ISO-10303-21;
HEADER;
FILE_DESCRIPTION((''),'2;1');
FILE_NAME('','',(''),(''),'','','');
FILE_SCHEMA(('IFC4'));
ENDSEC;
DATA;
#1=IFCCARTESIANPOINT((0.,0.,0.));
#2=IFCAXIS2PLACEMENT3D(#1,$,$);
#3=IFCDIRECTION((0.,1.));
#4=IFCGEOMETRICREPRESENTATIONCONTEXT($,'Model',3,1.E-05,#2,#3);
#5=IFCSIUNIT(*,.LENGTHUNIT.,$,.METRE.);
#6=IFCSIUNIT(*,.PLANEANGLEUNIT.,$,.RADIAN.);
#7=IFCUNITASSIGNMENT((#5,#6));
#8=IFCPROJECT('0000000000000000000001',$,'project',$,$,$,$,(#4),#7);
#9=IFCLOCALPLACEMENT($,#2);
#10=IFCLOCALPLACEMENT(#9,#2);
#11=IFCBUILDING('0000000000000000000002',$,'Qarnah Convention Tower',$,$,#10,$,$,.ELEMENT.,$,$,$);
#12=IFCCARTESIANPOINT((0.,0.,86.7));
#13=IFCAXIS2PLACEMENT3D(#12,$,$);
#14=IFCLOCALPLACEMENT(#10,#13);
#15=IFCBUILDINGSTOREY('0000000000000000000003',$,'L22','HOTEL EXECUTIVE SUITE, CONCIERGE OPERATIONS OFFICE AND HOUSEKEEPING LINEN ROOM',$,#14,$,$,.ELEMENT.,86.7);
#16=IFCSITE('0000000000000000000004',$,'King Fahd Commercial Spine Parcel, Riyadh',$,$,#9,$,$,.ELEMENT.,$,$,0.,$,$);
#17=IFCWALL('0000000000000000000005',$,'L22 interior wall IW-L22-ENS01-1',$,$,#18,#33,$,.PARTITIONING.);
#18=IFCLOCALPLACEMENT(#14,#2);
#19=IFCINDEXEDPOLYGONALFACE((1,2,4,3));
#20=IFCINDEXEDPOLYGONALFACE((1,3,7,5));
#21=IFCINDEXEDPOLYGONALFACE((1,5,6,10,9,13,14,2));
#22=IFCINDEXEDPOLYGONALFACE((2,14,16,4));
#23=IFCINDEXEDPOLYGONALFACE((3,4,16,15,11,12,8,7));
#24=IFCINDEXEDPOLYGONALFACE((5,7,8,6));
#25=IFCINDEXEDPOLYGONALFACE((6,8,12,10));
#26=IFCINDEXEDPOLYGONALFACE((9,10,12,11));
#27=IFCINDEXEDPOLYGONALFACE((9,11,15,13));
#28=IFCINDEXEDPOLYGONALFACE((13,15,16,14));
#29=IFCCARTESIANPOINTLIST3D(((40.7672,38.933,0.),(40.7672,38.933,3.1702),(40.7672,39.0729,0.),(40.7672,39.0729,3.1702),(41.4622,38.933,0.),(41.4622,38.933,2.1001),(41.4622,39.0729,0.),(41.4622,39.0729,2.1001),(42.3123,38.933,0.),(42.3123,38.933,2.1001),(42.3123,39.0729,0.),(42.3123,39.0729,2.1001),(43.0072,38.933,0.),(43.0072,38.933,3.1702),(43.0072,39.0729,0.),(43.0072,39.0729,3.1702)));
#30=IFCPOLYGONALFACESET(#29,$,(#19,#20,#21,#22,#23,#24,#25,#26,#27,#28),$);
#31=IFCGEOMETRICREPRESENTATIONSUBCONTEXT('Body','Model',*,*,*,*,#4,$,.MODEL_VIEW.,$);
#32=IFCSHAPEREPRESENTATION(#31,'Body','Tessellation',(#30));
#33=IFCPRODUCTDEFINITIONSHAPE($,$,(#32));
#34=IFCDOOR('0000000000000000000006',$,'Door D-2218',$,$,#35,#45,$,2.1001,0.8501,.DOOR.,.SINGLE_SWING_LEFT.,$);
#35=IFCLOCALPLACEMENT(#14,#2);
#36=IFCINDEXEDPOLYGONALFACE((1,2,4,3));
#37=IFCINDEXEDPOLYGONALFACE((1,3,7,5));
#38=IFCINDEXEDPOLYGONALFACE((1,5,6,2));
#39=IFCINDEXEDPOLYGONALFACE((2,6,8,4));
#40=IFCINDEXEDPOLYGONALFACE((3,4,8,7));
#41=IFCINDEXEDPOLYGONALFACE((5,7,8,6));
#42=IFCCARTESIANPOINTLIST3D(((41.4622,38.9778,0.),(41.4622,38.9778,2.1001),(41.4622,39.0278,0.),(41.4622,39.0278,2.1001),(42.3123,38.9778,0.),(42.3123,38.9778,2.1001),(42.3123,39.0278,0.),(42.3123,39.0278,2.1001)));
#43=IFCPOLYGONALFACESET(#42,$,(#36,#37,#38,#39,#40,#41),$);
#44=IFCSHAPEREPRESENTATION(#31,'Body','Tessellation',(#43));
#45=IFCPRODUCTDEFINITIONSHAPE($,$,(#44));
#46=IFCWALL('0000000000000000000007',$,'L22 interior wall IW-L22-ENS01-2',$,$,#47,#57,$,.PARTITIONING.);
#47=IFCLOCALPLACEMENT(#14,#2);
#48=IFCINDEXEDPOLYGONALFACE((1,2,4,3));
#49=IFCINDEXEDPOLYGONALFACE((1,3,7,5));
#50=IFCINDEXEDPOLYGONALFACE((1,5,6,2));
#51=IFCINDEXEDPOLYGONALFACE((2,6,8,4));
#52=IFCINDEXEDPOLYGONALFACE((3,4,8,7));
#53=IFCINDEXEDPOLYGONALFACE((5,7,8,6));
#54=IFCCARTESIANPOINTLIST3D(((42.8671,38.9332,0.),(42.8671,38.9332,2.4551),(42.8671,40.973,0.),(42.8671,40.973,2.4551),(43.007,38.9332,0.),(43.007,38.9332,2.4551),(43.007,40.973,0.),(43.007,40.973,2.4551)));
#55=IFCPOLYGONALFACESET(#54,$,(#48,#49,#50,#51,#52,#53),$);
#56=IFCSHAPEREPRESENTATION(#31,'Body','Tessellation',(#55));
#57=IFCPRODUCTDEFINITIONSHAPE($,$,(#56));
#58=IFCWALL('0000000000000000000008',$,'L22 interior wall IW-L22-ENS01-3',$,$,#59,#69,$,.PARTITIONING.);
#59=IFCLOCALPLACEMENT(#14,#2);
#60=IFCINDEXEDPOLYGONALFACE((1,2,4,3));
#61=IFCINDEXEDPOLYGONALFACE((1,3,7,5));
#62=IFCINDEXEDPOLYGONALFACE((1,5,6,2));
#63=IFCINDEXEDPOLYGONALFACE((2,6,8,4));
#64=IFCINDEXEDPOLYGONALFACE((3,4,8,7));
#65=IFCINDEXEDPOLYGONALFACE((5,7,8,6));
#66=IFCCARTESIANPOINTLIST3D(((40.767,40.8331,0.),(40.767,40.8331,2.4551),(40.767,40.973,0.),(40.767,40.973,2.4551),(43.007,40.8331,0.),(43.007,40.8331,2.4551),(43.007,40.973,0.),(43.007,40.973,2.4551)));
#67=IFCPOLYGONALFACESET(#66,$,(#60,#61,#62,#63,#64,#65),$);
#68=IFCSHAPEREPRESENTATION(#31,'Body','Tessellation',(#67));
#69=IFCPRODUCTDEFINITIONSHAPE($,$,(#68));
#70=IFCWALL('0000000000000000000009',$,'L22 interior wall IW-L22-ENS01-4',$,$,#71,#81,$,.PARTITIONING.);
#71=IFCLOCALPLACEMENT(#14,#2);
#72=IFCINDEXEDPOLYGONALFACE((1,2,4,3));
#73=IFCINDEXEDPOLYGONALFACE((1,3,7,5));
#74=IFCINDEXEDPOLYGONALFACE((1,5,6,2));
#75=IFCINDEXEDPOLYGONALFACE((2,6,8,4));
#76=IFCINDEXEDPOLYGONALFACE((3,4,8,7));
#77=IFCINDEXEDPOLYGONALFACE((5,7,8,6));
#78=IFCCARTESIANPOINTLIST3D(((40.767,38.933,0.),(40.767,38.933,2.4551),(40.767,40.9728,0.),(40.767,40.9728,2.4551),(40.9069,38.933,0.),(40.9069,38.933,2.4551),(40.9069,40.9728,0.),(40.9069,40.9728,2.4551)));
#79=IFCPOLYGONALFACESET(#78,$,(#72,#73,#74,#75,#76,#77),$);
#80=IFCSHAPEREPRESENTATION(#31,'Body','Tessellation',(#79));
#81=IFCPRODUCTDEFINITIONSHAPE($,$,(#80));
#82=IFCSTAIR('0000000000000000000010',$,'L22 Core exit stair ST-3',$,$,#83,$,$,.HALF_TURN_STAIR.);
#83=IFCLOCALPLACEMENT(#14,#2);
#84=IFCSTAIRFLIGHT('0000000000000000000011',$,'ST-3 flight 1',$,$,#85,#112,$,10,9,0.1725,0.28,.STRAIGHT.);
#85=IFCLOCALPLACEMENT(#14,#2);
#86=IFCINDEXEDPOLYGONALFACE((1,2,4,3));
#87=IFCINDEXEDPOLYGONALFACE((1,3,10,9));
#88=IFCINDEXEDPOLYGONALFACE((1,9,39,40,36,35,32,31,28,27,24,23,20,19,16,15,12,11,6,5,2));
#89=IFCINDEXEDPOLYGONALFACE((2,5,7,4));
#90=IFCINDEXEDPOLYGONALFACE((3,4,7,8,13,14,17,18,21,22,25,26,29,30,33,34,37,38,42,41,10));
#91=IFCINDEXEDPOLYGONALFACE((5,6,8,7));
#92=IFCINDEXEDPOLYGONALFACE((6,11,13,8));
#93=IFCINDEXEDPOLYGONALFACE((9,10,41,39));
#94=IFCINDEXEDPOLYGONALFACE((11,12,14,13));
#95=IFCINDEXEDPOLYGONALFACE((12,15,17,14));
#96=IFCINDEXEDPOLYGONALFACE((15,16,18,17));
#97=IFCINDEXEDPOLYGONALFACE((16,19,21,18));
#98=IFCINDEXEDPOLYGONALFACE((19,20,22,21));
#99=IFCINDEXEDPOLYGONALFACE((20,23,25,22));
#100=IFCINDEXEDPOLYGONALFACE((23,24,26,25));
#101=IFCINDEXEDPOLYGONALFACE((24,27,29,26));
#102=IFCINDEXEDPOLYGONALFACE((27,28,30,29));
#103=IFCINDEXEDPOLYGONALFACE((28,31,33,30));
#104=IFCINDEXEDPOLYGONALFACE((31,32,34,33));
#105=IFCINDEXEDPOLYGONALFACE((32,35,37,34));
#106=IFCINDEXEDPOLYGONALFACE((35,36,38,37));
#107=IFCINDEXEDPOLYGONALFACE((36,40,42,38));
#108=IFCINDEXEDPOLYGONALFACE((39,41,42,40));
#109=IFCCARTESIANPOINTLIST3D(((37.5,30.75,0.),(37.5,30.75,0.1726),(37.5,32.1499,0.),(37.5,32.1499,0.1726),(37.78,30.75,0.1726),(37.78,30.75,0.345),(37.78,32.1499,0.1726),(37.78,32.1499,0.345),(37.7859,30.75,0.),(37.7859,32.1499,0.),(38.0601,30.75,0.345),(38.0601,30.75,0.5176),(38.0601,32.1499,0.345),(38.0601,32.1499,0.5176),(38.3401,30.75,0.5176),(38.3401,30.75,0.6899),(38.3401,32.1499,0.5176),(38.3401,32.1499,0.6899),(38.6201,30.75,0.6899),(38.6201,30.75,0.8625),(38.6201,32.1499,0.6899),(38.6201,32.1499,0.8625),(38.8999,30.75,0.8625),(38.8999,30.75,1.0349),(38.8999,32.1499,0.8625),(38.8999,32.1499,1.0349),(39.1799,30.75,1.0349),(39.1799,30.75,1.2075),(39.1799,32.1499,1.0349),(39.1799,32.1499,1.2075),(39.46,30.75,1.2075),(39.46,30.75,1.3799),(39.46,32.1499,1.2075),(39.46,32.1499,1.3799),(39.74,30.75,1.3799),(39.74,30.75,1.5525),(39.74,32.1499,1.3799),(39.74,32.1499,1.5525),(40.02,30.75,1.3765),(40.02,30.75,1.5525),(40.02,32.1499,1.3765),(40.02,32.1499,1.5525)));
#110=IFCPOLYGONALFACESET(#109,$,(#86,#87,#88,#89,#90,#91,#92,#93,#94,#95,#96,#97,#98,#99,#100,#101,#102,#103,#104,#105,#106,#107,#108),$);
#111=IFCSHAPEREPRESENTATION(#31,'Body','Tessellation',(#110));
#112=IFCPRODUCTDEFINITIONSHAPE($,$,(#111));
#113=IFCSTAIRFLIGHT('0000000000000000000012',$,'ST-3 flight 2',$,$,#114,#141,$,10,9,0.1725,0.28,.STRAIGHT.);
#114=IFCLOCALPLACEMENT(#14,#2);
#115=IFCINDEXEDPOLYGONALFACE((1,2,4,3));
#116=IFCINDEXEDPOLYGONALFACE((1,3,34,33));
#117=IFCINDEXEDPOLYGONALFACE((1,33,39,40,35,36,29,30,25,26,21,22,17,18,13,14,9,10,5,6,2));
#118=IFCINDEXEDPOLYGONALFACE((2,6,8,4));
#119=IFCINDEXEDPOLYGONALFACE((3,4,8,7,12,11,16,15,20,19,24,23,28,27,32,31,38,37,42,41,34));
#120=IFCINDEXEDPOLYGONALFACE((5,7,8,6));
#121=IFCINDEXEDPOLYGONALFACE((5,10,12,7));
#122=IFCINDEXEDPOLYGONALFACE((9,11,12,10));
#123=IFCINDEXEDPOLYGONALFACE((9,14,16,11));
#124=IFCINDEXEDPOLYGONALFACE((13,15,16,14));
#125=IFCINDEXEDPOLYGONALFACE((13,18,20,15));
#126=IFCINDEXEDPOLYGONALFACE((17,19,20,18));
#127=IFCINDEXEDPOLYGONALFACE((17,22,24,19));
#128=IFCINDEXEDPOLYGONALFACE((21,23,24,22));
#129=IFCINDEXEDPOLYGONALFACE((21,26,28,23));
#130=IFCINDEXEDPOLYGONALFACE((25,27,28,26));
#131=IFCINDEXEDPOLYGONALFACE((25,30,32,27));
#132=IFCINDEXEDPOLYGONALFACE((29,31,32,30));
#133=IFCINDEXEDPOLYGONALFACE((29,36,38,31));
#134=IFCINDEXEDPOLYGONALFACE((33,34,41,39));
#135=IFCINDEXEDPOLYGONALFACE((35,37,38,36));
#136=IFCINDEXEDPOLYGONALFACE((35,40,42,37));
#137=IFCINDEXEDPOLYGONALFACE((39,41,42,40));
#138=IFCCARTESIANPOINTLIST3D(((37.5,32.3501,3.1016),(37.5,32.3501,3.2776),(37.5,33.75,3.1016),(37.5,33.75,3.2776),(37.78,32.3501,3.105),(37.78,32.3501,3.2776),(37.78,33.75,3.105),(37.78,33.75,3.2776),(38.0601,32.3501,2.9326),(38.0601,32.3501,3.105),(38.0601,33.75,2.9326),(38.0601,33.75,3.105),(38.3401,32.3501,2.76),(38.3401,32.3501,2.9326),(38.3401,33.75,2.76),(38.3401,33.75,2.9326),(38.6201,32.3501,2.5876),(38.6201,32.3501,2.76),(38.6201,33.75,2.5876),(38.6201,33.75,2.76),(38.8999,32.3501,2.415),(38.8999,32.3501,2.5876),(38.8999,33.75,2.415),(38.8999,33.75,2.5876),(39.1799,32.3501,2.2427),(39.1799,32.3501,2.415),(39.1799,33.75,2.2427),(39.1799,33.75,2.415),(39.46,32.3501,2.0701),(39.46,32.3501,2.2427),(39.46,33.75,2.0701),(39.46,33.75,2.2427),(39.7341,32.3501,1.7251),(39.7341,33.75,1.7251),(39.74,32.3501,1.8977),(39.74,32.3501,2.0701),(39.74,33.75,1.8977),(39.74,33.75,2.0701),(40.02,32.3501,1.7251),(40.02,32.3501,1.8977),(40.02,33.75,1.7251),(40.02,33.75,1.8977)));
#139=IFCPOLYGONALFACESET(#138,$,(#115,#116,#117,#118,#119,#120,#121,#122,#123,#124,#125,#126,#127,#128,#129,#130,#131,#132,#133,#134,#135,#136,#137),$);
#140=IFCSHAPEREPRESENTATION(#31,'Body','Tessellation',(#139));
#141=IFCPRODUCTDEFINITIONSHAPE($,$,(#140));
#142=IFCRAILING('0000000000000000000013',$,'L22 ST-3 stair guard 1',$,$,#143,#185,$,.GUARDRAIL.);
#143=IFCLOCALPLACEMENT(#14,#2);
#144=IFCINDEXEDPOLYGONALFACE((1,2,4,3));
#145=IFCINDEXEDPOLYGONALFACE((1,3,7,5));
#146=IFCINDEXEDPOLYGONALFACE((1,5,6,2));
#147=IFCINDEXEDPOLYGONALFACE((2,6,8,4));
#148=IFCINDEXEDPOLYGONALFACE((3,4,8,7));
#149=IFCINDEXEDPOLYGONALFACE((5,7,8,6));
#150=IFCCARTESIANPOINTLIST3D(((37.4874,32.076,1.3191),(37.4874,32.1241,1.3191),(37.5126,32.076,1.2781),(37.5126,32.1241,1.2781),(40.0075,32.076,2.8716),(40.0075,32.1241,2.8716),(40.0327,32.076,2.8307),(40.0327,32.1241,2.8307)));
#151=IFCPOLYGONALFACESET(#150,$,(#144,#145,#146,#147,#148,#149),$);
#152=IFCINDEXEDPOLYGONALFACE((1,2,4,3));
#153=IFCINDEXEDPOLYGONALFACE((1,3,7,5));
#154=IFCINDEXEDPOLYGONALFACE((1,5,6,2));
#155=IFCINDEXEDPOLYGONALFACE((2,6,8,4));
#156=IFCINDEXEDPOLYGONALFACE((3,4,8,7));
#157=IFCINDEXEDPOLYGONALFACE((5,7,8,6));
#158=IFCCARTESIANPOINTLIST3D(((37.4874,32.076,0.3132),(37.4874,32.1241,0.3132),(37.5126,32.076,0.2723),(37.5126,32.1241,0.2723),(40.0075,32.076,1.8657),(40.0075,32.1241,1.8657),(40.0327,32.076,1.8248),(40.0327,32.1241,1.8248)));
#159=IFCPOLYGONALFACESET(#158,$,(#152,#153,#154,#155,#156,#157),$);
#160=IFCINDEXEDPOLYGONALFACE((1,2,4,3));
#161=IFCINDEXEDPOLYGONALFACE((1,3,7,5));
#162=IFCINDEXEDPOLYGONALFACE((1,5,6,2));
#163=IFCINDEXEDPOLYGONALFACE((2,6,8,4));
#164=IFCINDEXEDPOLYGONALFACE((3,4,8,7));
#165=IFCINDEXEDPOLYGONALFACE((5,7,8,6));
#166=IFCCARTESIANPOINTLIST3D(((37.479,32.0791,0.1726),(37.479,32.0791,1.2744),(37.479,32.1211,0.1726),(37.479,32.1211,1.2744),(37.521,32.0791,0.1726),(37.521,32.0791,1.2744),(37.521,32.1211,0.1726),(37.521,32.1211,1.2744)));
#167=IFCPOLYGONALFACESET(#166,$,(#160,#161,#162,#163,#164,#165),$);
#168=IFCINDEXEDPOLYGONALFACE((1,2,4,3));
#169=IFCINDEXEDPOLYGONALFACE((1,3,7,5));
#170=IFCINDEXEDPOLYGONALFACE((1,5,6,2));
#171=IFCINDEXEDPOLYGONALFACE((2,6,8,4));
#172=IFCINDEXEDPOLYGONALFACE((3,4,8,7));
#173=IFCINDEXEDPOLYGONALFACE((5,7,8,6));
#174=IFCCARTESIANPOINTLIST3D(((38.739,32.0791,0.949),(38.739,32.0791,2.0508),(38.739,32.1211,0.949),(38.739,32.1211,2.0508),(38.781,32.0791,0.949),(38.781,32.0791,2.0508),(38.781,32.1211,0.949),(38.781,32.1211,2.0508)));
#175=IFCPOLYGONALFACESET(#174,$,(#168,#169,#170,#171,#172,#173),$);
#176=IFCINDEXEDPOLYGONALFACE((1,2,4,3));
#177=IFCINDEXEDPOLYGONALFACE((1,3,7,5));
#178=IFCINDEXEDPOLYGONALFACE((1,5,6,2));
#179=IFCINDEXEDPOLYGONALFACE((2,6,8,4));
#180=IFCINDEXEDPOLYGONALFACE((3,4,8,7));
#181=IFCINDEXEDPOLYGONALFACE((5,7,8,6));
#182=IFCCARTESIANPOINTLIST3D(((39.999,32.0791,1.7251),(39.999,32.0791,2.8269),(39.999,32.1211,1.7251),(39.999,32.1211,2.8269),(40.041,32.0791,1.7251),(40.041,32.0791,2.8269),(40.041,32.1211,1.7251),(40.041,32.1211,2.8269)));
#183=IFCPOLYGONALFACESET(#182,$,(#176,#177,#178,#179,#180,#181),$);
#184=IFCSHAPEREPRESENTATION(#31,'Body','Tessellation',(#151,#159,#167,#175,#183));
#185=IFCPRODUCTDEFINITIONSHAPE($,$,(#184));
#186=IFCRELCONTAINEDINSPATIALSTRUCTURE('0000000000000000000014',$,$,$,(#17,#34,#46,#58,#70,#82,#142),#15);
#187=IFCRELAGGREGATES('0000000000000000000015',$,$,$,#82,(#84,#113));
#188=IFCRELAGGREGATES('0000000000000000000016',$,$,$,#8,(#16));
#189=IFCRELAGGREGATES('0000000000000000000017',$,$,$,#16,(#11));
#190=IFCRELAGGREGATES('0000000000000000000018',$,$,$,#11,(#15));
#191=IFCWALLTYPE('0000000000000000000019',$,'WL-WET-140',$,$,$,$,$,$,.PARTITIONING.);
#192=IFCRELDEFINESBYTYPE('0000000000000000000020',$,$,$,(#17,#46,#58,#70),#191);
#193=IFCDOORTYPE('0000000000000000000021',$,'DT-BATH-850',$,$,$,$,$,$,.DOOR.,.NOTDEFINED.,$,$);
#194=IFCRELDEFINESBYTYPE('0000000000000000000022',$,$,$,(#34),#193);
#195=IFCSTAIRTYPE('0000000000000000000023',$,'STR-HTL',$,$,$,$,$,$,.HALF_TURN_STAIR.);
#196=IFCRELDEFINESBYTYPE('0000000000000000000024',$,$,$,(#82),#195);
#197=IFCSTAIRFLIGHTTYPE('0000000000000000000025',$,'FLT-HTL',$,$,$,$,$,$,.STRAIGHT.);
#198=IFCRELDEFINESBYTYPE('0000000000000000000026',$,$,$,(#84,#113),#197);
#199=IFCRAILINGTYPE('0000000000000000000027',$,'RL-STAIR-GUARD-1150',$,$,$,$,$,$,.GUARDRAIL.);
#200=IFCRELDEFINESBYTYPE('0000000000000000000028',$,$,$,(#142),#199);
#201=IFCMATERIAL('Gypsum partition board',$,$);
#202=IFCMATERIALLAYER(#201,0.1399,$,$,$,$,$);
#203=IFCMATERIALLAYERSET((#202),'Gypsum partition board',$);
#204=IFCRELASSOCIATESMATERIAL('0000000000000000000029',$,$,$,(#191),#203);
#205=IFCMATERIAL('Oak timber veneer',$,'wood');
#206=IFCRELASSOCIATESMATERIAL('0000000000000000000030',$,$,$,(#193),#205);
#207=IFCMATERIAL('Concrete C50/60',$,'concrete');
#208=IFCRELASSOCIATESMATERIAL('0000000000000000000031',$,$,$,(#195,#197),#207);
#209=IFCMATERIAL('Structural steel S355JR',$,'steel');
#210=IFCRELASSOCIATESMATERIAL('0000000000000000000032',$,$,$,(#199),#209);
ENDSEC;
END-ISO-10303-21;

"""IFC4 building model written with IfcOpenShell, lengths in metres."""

from ifc_helpers import new_model, si_unit, direction, frame, frame_2d, origin, origin_2d, place, context, subcontext, project, spatial, polyline, rectangle, outline, extrude, material, layer, layer_set, type_object, element, fill, aggregate, save


model = new_model("IFC4")

# Units and contexts
model_context = context("Model", 3, precision=1e-05, world=origin(), true_north=direction((0.0, 1.0)))
body_context = subcontext(model_context, "Body", "Model", "MODEL_VIEW")
ifc_project = project(units=[si_unit("LENGTHUNIT", "METRE"), si_unit("PLANEANGLEUNIT", "RADIAN")], contexts=[model_context])

# Site, building, storey
site_placement = place(None, origin())
site = spatial("IfcSite", under=ifc_project, at=site_placement, Name="King Fahd Commercial Spine Parcel, Riyadh", CompositionType="ELEMENT", RefElevation=0.0)
building_placement = place(site_placement, origin())
building = spatial("IfcBuilding", under=site, at=building_placement, Name="Qarnah Convention Tower", CompositionType="ELEMENT")
storey_placement = place(building_placement, frame((0.0, 0.0, 86.7)))
storey = spatial("IfcBuildingStorey", under=building, at=storey_placement, Name="L22", Description="HOTEL EXECUTIVE SUITE, CONCIERGE OPERATIONS OFFICE AND HOUSEKEEPING LINEN ROOM", CompositionType="ELEMENT", Elevation=86.7)

# Shared definitions
ifc_material_1 = material(Name="Structural steel S355JR", Category="steel")

# Shared definitions
ifc_material_2 = material(Name="Gypsum partition board")

# Wall, opening, door
ifc_material_3 = material(Name="Oak timber veneer", Category="wood")
ifc_layer_1 = layer(ifc_material_2, 0.1399)
ifc_layer_set_1 = layer_set([ifc_layer_1], Name="Gypsum partition board")
wall_type_1 = type_object("IfcWallType", Name="WL-WET-140", PredefinedType="PARTITIONING", material=ifc_layer_set_1)
wall_1_placement = place(storey_placement, frame((40.7671, 39.0029, 0.0), z_axis=(0.0, 0.0, 1.0), x_axis=(1.0, 0.0, 0.0)))
wall_1 = element("IfcWall", 1, at=wall_1_placement, inside=storey, type_object=wall_type_1, Name="L22 interior wall IW-L22-ENS01-1", PredefinedType="PARTITIONING", context=body_context, shape_type="SweptSolid", body=[
    extrude(rectangle(XDim=2.24, YDim=0.1399, at=frame_2d((1.1201, 0.0))), origin(), (0.0, 0.0, 1.0), 3.1702),
])
opening_1_placement = place(wall_1_placement, frame((0.6951, 0.0, 0.0)))
opening_1 = element("IfcOpeningElement", 2, at=opening_1_placement, cuts=wall_1, PredefinedType="OPENING", context=body_context, shape_type="SweptSolid", body=[
    extrude(rectangle(XDim=0.8501, YDim=2.1001, at=frame_2d((0.425, 1.05))), frame((0.0, 0.0798, 0.0), z_axis=(0.0, -1.0, 0.0), x_axis=(1.0, 0.0, 0.0)), (0.0, 0.0, 1.0), 0.1599),
])
door_type_1 = type_object("IfcDoorType", Name="DT-BATH-850", OperationType="NOTDEFINED", PredefinedType="DOOR", material=ifc_material_3)
door_1_placement = place(opening_1_placement, origin())
door_1 = element("IfcDoor", 3, at=door_1_placement, inside=storey, type_object=door_type_1, Name="Door D-2218", OperationType="SINGLE_SWING_LEFT", OverallHeight=2.1001, OverallWidth=0.8501, PredefinedType="DOOR", context=body_context, shape_type="SweptSolid", body=[
    extrude(rectangle(XDim=0.8501, YDim=2.1001, at=frame_2d((0.425, 1.05))), frame((0.0, 0.0249, 0.0), z_axis=(0.0, -1.0, 0.0), x_axis=(1.0, 0.0, 0.0)), (0.0, 0.0, 1.0), 0.05),
])
fill(opening_1, door_1)

# Walls
wall_2_placement = place(storey_placement, frame((42.937, 38.9331, 0.0), z_axis=(0.0, 0.0, 1.0), x_axis=(0.0, 1.0, 0.0)))
element("IfcWall", 4, at=wall_2_placement, inside=storey, type_object=wall_type_1, Name="L22 interior wall IW-L22-ENS01-2", PredefinedType="PARTITIONING", context=body_context, shape_type="SweptSolid", body=[
    extrude(rectangle(XDim=2.0398, YDim=0.1399, at=frame_2d((1.02, 0.0))), origin(), (0.0, 0.0, 1.0), 2.4551),
])
wall_3_placement = place(storey_placement, frame((43.0071, 40.9031, 0.0), z_axis=(0.0, 0.0, 1.0), x_axis=(-1.0, 0.0, 0.0)))
element("IfcWall", 5, at=wall_3_placement, inside=storey, type_object=wall_type_1, Name="L22 interior wall IW-L22-ENS01-3", PredefinedType="PARTITIONING", context=body_context, shape_type="SweptSolid", body=[
    extrude(rectangle(XDim=2.24, YDim=0.1399, at=frame_2d((1.1201, 0.0))), origin(), (0.0, 0.0, 1.0), 2.4551),
])
wall_4_placement = place(storey_placement, frame((40.8369, 40.9729, 0.0), z_axis=(0.0, 0.0, 1.0), x_axis=(0.0, -1.0, 0.0)))
element("IfcWall", 6, at=wall_4_placement, inside=storey, type_object=wall_type_1, Name="L22 interior wall IW-L22-ENS01-4", PredefinedType="PARTITIONING", context=body_context, shape_type="SweptSolid", body=[
    extrude(rectangle(XDim=2.0398, YDim=0.1399, at=frame_2d((1.02, 0.0))), origin(), (0.0, 0.0, 1.0), 2.4551),
])

# Stair, stair flights
ifc_material_4 = material(Name="Concrete C50/60", Category="concrete")
stair_type = type_object("IfcStairType", Name="STR-HTL", PredefinedType="HALF_TURN_STAIR", material=ifc_material_4)
stair_placement = place(storey_placement, origin())
stair = element("IfcStair", 7, at=stair_placement, inside=storey, type_object=stair_type, Name="L22 Core exit stair ST-3", PredefinedType="HALF_TURN_STAIR")
stair_flight_type = type_object("IfcStairFlightType", Name="FLT-HTL", PredefinedType="STRAIGHT", material=ifc_material_4)
stair_flight_1_placement = place(storey_placement, frame((37.5, 31.45, 0.0), z_axis=(0.0, 0.0, 1.0), x_axis=(1.0, 0.0, 0.0)))
stair_flight_1 = element("IfcStairFlight", 8, at=stair_flight_1_placement, type_object=stair_flight_type, Name="ST-3 flight 1", NumberOfRisers=10, NumberOfTreads=9, PredefinedType="STRAIGHT", RiserHeight=0.1725, TreadLength=0.28, context=body_context, shape_type="SweptSolid", body=[
    extrude(outline(polyline([(0.0, 0.0), (0.0, 0.1726), (0.28, 0.1726), (0.28, 0.345), (0.5601, 0.345), (0.5601, 0.5176), (0.8401, 0.5176), (0.8401, 0.6899), (1.1201, 0.6899), (1.1201, 0.8625), (1.3999, 0.8625), (1.3999, 1.0349), (1.6799, 1.0349), (1.6799, 1.2075), (1.96, 1.2075), (1.96, 1.3799), (2.24, 1.3799), (2.24, 1.5525), (2.52, 1.5525), (2.52, 1.7251), (2.52, 1.3765), (0.2859, 0.0), (0.0, 0.0)])), frame((0.0, 0.7, 0.0), z_axis=(0.0, -1.0, 0.0), x_axis=(1.0, 0.0, 0.0)), (0.0, 0.0, 1.0), 1.3999),
])
stair_flight_2_placement = place(storey_placement, frame((40.02, 33.05, 1.7251), z_axis=(0.0, 0.0, 1.0), x_axis=(-1.0, 0.0, 0.0)))
stair_flight_2 = element("IfcStairFlight", 9, at=stair_flight_2_placement, type_object=stair_flight_type, Name="ST-3 flight 2", NumberOfRisers=10, NumberOfTreads=9, PredefinedType="STRAIGHT", RiserHeight=0.1725, TreadLength=0.28, context=body_context, shape_type="SweptSolid", body=[
    extrude(outline(polyline([(0.0, 0.0), (0.0, 0.1726), (0.28, 0.1726), (0.28, 0.345), (0.5601, 0.345), (0.5601, 0.5176), (0.8401, 0.5176), (0.8401, 0.6899), (1.1201, 0.6899), (1.1201, 0.8625), (1.3999, 0.8625), (1.3999, 1.0349), (1.6799, 1.0349), (1.6799, 1.2075), (1.96, 1.2075), (1.96, 1.3799), (2.24, 1.3799), (2.24, 1.5525), (2.52, 1.5525), (2.52, 1.7251), (2.52, 1.3765), (0.2859, 0.0), (0.0, 0.0)])), frame((0.0, 0.7, 0.0), z_axis=(0.0, -1.0, 0.0), x_axis=(1.0, 0.0, 0.0)), (0.0, 0.0, 1.0), 1.3999),
])
aggregate(stair, [stair_flight_1, stair_flight_2])

# Railing
railing_type_1 = type_object("IfcRailingType", Name="RL-STAIR-GUARD-1150", PredefinedType="GUARDRAIL", material=ifc_material_1)
railing_1_placement = place(storey_placement, frame((37.5, 32.1001, 0.1726)))
element("IfcRailing", 10, at=railing_1_placement, inside=storey, type_object=railing_type_1, Name="L22 ST-3 stair guard 1", PredefinedType="GUARDRAIL", context=body_context, shape_type="SweptSolid", body=[
    extrude(rectangle(XDim=0.0481, YDim=0.0481, at=origin_2d()), frame((0.0, 0.0, 1.126), z_axis=(0.8514, 0.0, 0.524516), x_axis=(0.0, 1.0, 0.0)), (0.0, 0.0, 1.0), 2.96),
    extrude(rectangle(XDim=0.0481, YDim=0.0481, at=origin_2d()), frame((0.0, 0.0, 0.1201), z_axis=(0.8514, 0.0, 0.524516), x_axis=(0.0, 1.0, 0.0)), (0.0, 0.0, 1.0), 2.96),
    extrude(rectangle(XDim=0.042, YDim=0.042, at=origin_2d()), origin(), (0.0, 0.0, 1.0), 1.1018),
    extrude(rectangle(XDim=0.042, YDim=0.042, at=origin_2d()), frame((1.26, 0.0, 0.7764)), (0.0, 0.0, 1.0), 1.1018),
    extrude(rectangle(XDim=0.042, YDim=0.042, at=origin_2d()), frame((2.52, 0.0, 1.5525)), (0.0, 0.0, 1.0), 1.1018),
])

save(model, "model.ifc")
